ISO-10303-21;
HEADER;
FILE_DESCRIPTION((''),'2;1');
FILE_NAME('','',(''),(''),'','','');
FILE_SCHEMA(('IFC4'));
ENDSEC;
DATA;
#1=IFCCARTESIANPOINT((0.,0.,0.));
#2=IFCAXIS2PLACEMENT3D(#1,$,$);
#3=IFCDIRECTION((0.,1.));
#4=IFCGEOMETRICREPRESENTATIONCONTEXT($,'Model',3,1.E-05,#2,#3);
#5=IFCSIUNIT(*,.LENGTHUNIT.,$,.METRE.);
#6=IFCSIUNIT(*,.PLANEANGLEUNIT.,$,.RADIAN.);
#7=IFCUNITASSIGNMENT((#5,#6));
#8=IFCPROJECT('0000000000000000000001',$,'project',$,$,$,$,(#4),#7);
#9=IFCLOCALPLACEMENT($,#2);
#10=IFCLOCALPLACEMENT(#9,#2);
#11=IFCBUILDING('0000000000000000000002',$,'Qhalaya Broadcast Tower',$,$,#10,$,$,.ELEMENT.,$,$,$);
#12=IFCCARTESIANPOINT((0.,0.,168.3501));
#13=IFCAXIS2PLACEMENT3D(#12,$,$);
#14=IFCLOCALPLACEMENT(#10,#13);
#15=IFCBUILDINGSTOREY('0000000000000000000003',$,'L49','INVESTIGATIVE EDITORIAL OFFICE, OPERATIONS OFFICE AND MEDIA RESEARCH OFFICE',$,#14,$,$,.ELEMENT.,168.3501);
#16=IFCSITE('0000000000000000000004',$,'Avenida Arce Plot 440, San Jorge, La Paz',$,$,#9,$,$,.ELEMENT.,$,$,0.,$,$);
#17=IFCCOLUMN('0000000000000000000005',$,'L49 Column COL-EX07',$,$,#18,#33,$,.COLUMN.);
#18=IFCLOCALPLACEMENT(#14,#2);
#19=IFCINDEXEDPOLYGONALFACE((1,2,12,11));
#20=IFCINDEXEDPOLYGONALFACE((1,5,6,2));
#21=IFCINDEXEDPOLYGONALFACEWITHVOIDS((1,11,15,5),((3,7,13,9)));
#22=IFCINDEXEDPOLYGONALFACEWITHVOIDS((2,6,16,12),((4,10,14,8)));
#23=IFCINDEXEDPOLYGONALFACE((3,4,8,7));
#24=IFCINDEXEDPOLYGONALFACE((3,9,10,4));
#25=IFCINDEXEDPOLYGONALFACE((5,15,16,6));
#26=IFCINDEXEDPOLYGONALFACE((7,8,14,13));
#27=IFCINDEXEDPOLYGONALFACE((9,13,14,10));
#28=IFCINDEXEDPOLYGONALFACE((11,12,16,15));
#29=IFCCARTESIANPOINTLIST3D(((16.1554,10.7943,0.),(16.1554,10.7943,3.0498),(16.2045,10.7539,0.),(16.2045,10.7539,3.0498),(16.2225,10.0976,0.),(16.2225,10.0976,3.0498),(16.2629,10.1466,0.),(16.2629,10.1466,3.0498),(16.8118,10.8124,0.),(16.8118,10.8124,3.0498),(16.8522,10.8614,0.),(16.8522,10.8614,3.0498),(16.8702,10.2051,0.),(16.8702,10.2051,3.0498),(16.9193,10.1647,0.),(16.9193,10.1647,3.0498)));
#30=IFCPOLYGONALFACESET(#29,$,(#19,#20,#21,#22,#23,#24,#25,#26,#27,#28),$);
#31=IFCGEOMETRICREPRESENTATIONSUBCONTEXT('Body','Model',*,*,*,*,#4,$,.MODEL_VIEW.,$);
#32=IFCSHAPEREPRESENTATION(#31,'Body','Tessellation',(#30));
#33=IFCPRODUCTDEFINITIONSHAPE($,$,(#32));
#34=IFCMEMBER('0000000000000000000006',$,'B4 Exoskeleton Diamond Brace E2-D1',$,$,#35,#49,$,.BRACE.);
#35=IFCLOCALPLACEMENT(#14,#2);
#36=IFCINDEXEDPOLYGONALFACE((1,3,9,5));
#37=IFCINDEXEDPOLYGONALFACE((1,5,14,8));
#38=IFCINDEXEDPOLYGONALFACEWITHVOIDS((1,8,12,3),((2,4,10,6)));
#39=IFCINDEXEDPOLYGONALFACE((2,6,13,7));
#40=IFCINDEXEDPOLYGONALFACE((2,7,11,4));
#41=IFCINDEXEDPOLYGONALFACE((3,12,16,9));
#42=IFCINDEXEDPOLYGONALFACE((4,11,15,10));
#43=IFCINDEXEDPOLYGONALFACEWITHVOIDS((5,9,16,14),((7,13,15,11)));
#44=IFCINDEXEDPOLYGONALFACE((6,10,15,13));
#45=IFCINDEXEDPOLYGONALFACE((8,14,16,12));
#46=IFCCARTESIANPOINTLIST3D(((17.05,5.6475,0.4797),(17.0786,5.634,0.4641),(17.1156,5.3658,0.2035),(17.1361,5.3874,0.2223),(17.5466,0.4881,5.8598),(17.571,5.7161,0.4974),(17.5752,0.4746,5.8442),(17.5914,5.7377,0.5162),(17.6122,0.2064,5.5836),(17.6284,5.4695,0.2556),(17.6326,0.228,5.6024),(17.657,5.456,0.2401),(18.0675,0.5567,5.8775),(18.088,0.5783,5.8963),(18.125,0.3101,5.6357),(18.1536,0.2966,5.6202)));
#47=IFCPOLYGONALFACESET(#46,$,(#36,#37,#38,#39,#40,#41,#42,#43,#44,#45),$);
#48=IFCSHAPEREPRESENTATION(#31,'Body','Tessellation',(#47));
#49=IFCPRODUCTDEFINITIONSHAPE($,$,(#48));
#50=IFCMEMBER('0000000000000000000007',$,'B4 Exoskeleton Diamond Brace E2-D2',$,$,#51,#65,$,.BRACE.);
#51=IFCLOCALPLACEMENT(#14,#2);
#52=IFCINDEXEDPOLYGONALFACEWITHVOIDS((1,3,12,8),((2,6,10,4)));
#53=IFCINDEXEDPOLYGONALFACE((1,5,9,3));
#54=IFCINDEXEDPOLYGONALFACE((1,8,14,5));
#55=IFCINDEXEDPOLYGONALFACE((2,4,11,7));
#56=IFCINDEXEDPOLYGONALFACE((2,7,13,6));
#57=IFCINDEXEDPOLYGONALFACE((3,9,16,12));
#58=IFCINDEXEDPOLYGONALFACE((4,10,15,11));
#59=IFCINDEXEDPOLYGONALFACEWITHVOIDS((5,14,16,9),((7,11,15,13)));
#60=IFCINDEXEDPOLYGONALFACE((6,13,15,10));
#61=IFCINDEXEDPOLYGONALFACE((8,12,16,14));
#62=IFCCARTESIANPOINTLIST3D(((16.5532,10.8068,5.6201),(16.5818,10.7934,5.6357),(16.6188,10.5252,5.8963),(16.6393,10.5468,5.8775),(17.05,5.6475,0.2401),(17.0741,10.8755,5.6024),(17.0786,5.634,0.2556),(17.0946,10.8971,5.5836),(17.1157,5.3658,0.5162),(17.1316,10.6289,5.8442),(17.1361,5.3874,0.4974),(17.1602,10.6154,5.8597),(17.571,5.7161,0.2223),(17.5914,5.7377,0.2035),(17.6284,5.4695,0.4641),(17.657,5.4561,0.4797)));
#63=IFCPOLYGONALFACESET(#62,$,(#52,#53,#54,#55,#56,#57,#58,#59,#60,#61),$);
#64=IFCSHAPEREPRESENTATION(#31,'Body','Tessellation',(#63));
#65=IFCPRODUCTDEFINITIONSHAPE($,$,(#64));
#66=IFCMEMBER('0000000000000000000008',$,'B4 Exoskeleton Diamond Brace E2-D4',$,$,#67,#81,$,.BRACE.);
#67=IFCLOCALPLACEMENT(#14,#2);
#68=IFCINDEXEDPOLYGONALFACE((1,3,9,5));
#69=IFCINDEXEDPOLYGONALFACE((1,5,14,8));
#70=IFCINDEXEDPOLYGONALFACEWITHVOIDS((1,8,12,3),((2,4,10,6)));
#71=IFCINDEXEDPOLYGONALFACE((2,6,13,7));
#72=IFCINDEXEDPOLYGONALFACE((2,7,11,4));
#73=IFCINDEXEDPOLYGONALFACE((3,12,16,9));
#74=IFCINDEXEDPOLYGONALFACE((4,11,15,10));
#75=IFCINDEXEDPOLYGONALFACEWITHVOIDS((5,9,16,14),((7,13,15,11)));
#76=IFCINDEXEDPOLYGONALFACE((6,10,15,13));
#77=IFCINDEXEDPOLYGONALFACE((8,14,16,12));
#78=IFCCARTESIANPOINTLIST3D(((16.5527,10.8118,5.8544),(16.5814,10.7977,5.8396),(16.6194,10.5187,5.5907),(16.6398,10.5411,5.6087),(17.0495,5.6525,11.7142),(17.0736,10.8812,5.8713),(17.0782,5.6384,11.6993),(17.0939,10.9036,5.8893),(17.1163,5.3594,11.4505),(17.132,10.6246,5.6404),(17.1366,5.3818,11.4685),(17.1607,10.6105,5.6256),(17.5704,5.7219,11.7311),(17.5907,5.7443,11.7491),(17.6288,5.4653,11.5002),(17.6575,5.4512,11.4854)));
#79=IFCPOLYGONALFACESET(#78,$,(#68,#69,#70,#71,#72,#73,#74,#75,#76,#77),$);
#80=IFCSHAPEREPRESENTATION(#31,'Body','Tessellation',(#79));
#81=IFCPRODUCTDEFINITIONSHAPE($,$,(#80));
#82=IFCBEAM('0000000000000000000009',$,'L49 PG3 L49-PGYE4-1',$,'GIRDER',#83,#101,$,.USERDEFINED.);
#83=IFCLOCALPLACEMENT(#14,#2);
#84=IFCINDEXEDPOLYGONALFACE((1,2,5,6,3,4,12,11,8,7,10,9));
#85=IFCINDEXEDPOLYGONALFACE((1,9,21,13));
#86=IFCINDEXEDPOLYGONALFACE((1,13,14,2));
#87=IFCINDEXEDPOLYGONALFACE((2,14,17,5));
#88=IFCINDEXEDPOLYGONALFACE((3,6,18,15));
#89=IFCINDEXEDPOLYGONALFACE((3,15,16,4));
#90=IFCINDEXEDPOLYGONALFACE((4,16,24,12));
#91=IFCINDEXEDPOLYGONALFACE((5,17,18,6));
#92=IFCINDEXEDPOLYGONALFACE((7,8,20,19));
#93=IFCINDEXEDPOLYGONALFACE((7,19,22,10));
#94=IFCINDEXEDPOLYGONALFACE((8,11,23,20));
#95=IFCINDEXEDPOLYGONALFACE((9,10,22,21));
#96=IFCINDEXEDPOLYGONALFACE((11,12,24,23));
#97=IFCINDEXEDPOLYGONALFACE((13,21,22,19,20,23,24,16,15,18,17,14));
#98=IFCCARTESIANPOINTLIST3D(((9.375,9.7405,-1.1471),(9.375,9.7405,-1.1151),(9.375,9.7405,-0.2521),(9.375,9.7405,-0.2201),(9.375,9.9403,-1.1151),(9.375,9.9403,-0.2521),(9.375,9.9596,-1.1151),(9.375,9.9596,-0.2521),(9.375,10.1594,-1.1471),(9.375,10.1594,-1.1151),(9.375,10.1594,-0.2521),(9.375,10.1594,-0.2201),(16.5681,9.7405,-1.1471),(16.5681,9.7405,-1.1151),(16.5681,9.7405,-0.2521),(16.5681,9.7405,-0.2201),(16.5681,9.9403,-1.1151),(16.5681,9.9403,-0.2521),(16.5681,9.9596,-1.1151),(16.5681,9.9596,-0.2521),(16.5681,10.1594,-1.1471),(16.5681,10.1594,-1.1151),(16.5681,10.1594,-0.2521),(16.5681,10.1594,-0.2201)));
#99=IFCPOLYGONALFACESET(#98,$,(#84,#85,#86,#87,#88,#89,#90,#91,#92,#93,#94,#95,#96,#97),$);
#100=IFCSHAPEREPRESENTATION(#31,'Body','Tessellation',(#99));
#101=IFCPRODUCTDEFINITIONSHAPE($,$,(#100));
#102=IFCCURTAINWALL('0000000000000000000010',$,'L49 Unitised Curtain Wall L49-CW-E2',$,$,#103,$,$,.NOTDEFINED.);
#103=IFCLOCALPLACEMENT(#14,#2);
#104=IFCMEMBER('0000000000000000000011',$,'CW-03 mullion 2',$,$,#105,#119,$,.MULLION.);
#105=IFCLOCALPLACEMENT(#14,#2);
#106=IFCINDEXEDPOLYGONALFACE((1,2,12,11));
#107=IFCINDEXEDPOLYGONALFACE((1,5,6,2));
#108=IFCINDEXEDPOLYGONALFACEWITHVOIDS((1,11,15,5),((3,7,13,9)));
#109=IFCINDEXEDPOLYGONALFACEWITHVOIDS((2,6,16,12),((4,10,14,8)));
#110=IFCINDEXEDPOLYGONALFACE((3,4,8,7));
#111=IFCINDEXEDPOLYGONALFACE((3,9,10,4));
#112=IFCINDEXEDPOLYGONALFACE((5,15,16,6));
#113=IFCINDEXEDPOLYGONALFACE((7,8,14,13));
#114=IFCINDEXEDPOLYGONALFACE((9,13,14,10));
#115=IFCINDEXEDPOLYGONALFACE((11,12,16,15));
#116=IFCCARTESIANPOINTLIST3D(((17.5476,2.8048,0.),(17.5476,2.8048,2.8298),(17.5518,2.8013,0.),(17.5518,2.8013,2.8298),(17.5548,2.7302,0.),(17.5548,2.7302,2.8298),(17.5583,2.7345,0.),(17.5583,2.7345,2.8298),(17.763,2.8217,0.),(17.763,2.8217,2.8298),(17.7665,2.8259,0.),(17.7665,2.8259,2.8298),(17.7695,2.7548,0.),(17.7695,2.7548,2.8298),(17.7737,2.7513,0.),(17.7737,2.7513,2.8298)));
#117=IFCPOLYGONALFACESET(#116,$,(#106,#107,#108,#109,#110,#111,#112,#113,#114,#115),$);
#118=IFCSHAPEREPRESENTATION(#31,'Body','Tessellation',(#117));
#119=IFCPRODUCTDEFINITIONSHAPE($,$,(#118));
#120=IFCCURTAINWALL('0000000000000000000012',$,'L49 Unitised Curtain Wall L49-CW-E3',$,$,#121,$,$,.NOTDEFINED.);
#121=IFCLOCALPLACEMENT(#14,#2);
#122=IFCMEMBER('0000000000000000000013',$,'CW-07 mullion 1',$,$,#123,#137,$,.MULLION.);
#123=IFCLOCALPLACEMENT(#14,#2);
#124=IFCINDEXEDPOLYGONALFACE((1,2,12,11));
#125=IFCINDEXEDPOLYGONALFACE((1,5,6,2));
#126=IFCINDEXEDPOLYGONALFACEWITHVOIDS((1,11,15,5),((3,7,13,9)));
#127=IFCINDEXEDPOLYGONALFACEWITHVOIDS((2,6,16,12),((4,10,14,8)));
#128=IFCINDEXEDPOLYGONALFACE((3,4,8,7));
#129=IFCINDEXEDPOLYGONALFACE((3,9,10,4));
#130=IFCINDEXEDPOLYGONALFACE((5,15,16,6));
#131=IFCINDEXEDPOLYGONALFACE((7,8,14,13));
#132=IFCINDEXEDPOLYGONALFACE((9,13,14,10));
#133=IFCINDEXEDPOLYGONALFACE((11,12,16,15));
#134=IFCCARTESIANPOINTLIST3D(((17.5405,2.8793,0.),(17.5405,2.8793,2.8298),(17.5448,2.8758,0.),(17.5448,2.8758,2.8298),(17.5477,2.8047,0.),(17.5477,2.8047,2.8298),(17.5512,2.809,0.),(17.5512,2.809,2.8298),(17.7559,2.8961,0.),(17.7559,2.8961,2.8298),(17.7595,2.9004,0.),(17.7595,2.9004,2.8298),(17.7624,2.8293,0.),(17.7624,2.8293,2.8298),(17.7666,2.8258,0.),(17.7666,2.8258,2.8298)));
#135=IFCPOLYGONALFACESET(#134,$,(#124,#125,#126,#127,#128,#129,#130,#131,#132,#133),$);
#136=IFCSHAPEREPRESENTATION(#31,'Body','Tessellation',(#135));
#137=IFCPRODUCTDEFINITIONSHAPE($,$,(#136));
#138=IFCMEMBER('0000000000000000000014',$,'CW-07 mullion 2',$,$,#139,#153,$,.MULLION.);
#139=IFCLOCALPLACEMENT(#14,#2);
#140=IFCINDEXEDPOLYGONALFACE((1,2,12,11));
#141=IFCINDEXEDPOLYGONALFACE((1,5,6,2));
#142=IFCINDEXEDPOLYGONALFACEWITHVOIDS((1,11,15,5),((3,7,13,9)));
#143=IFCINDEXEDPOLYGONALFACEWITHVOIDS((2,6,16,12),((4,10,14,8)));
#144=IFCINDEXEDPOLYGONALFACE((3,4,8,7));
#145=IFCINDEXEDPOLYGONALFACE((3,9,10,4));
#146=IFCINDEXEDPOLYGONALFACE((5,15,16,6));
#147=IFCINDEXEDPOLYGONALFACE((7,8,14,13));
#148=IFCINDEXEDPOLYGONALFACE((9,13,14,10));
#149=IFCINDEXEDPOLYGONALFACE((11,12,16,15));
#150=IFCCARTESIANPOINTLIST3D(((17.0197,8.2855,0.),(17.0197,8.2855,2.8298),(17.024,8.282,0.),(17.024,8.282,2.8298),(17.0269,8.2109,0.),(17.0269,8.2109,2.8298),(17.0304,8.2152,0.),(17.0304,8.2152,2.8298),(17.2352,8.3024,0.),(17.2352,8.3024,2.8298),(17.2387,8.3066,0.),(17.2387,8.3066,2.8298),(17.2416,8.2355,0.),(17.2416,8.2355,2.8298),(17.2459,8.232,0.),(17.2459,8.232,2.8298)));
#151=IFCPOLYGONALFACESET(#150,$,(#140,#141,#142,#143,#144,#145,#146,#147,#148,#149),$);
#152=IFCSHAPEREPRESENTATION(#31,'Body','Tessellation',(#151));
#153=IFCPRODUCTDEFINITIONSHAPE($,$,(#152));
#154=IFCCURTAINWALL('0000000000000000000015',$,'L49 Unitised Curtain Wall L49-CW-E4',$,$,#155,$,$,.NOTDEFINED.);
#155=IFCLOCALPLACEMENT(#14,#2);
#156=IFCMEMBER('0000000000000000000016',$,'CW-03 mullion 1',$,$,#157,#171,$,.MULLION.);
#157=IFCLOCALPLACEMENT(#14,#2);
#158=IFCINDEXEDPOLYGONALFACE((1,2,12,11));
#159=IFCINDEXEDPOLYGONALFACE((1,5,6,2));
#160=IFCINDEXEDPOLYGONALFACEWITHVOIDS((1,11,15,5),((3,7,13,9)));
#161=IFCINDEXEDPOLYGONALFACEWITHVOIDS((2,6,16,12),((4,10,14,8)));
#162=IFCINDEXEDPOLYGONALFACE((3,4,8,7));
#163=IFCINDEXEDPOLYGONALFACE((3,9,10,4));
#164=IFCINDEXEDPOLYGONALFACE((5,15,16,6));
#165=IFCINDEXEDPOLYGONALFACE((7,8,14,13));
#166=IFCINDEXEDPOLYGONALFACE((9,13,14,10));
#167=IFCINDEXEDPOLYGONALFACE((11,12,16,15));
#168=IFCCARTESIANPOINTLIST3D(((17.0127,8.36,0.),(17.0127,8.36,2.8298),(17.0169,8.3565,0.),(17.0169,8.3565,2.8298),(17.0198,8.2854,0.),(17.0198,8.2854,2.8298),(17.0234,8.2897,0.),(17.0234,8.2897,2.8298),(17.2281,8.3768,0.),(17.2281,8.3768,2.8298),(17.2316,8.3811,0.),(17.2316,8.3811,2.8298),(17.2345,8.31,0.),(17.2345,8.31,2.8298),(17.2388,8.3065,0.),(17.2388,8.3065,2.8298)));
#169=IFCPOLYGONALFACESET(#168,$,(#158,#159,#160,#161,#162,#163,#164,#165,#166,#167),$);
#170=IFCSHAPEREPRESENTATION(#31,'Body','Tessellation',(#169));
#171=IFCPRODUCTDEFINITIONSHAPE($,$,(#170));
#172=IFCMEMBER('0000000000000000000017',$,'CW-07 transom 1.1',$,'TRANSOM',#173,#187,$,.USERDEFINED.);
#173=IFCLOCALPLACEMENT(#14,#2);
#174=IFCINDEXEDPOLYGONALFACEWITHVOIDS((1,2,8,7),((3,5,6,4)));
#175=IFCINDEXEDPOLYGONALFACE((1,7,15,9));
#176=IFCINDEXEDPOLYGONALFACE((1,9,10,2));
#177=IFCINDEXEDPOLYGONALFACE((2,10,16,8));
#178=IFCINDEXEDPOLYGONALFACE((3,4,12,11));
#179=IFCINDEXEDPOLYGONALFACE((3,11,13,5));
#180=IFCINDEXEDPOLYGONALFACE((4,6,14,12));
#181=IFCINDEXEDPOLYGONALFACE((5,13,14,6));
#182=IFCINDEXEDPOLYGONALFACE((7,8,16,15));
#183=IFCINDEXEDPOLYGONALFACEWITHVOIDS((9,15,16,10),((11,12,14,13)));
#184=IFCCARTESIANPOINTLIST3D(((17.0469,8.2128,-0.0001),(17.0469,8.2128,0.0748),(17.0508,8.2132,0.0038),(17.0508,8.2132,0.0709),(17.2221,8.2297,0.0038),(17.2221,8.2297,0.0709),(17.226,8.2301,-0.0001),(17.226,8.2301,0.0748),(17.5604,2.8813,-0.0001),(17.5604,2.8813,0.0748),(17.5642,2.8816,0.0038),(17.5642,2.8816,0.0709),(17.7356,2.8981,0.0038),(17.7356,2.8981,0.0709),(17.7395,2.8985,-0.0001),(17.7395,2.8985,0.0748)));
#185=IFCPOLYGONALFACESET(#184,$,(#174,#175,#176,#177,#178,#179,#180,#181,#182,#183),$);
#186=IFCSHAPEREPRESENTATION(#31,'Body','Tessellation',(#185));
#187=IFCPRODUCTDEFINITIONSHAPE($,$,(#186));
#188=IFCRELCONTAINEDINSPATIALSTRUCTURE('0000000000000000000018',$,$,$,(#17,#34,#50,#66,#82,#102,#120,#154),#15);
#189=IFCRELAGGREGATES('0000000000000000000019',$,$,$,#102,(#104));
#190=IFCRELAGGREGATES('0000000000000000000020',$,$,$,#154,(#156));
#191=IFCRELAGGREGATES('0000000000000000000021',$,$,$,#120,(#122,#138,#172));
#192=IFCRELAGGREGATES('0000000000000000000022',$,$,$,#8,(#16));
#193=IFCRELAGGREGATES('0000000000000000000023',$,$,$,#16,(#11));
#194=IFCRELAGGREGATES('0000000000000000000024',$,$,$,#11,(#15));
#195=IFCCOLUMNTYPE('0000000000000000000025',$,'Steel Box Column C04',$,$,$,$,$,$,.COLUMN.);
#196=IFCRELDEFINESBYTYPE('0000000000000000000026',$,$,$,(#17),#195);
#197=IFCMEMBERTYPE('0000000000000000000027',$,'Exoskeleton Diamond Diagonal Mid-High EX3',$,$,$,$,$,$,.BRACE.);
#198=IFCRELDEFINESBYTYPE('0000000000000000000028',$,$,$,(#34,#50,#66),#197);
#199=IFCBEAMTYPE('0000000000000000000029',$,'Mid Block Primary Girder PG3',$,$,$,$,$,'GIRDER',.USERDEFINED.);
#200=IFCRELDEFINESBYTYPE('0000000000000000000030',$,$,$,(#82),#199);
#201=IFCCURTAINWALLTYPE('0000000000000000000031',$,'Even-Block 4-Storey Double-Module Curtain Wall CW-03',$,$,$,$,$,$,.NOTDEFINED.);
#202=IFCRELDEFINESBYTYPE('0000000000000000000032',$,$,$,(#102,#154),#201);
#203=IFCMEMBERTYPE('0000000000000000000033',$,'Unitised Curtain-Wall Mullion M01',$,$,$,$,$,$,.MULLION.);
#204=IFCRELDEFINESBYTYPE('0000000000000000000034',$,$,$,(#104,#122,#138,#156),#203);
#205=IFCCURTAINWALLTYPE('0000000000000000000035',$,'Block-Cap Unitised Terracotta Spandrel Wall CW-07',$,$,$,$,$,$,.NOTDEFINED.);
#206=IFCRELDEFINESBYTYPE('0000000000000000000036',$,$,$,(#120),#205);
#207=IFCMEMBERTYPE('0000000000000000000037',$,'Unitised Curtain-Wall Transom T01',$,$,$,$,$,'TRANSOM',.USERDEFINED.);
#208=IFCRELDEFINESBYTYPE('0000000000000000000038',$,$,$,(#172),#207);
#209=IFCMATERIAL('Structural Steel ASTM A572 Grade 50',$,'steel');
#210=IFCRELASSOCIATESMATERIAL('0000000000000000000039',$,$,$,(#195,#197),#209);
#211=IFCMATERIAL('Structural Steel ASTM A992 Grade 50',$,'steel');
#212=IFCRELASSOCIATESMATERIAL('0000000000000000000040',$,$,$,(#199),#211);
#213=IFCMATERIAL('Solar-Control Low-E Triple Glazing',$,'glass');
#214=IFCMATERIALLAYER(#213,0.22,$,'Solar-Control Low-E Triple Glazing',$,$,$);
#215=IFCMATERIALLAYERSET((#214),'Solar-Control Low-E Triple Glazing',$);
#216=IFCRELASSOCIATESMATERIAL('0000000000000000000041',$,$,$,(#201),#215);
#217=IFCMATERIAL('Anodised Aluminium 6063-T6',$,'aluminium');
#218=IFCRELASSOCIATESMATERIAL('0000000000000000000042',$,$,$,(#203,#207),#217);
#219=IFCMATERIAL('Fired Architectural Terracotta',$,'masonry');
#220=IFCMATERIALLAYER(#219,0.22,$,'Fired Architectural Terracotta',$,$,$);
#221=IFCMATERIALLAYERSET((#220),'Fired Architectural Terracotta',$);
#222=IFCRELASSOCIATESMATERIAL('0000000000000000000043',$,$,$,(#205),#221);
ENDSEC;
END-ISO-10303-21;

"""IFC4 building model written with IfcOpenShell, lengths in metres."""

from ifc_helpers import new_model, si_unit, direction, frame, origin, origin_2d, place, context, subcontext, project, spatial, hollow_rectangle, i_section, extrude, material, layer, layer_set, material_profile, profile_set, type_object, element, aggregate, save


model = new_model("IFC4")

# Units and contexts
model_context = context("Model", 3, precision=1e-05, world=origin(), true_north=direction((0.0, 1.0)))
body_context = subcontext(model_context, "Body", "Model", "MODEL_VIEW")
ifc_project = project(units=[si_unit("LENGTHUNIT", "METRE"), si_unit("PLANEANGLEUNIT", "RADIAN")], contexts=[model_context])

# Site, building, storey
site_placement = place(None, origin())
site = spatial("IfcSite", under=ifc_project, at=site_placement, Name="Avenida Arce Plot 440, San Jorge, La Paz", CompositionType="ELEMENT", RefElevation=0.0)
building_placement = place(site_placement, origin())
building = spatial("IfcBuilding", under=site, at=building_placement, Name="Qhalaya Broadcast Tower", CompositionType="ELEMENT")
storey_placement = place(building_placement, frame((0.0, 0.0, 168.3501)))
storey = spatial("IfcBuildingStorey", under=building, at=storey_placement, Name="L49", Description="INVESTIGATIVE EDITORIAL OFFICE, OPERATIONS OFFICE AND MEDIA RESEARCH OFFICE", CompositionType="ELEMENT", Elevation=168.3501)

# Column
ifc_material_1 = material(Name="Structural Steel ASTM A572 Grade 50", Category="steel")
ifc_material_profile_1 = material_profile(ifc_material_1, hollow_rectangle(XDim=0.7, YDim=0.7, WallThickness=0.0449, at=origin_2d()), Name="BOX 700x700x45")
ifc_profile_set_1 = profile_set([ifc_material_profile_1], Name="Structural Steel ASTM A572 Grade 50")
column_type = type_object("IfcColumnType", Name="Steel Box Column C04", PredefinedType="COLUMN", material=ifc_profile_set_1)
column_placement = place(storey_placement, frame((16.5374, 10.4795, 0.0), z_axis=(0.0, 0.0, 1.0), x_axis=(-0.095846, 0.995396, 0.0)))
element("IfcColumn", 1, at=column_placement, inside=storey, type_object=column_type, Name="L49 Column COL-EX07", PredefinedType="COLUMN", context=body_context, shape_type="SweptSolid", body=[
    extrude(hollow_rectangle(XDim=0.7, YDim=0.7, WallThickness=0.0449, at=origin_2d()), origin(), (0.0, 0.0, 1.0), 3.0498),
])

# Members
ifc_material_profile_2 = material_profile(ifc_material_1, hollow_rectangle(XDim=0.3999, YDim=0.55, WallThickness=0.0249, at=origin_2d()), Name="BOX 400x550x25")
ifc_profile_set_2 = profile_set([ifc_material_profile_2], Name="Structural Steel ASTM A572 Grade 50")
member_type_1 = type_object("IfcMemberType", Name="Exoskeleton Diamond Diagonal Mid-High EX3", PredefinedType="BRACE", material=ifc_profile_set_2)
for number, where, z_axis, x_axis, name in (
    (2, (17.3535, 5.5518, 0.3599), (0.06647, -0.690617, 0.720159), (-0.164082, 0.704364, 0.690614), "B4 Exoskeleton Diamond Brace E2-D1"),
    (3, (17.3535, 5.5518, 0.3599), (-0.066503, 0.690616, 0.720158), (0.164115, -0.704355, 0.690616), "B4 Exoskeleton Diamond Brace E2-D2"),
):
    element("IfcMember", number, at=place(storey_placement, frame(where, z_axis=z_axis, x_axis=x_axis)), inside=storey, type_object=member_type_1, Name=name, PredefinedType="BRACE", context=body_context, shape_type="SweptSolid", body=[
        extrude(hollow_rectangle(XDim=0.3999, YDim=0.55, WallThickness=0.0249, at=origin_2d()), origin(), (0.0, 0.0, 1.0), 7.4707),
    ])
member_1_placement = place(storey_placement, frame((16.8567, 10.7112, 5.74), z_axis=(0.063506, -0.659492, 0.749024), x_axis=(-0.166869, 0.732956, 0.659492)))
element("IfcMember", 4, at=member_1_placement, inside=storey, type_object=member_type_1, Name="B4 Exoskeleton Diamond Brace E2-D4", PredefinedType="BRACE", context=body_context, shape_type="SweptSolid", body=[
    extrude(hollow_rectangle(XDim=0.3999, YDim=0.55, WallThickness=0.0249, at=origin_2d()), origin(), (0.0, 0.0, 1.0), 7.8232),
])

# Beam
ifc_material_2 = material(Name="Structural Steel ASTM A992 Grade 50", Category="steel")
ifc_material_profile_3 = material_profile(ifc_material_2, i_section(OverallWidth=0.4189, OverallDepth=0.927, WebThickness=0.0193, FlangeThickness=0.032, at=origin_2d()), Name="W36X231")
ifc_profile_set_3 = profile_set([ifc_material_profile_3], Name="Structural Steel ASTM A992 Grade 50")
beam_type_1 = type_object("IfcBeamType", Name="Mid Block Primary Girder PG3", ElementType="GIRDER", PredefinedType="USERDEFINED", material=ifc_profile_set_3)
beam_1_placement = place(storey_placement, frame((9.375, 9.95, -0.6836), z_axis=(1.0, 0.0, 0.0), x_axis=(0.0, 1.0, 0.0)))
element("IfcBeam", 5, at=beam_1_placement, inside=storey, type_object=beam_type_1, Name="L49 PG3 L49-PGYE4-1", ObjectType="GIRDER", PredefinedType="USERDEFINED", context=body_context, shape_type="SweptSolid", body=[
    extrude(i_section(OverallWidth=0.4189, OverallDepth=0.927, WebThickness=0.0193, FlangeThickness=0.032, at=origin_2d()), origin(), (0.0, 0.0, 1.0), 7.1931),
])

# Curtain wall, member
ifc_material_3 = material(Name="Solar-Control Low-E Triple Glazing", Category="glass")
ifc_layer_1 = layer(ifc_material_3, 0.22, Name="Solar-Control Low-E Triple Glazing")
ifc_layer_set_1 = layer_set([ifc_layer_1], Name="Solar-Control Low-E Triple Glazing")
curtain_wall_type_1 = type_object("IfcCurtainWallType", Name="Even-Block 4-Storey Double-Module Curtain Wall CW-03", PredefinedType="NOTDEFINED", material=ifc_layer_set_1)
curtain_wall_1_placement = place(storey_placement, origin())
curtain_wall_1 = element("IfcCurtainWall", 6, at=curtain_wall_1_placement, inside=storey, type_object=curtain_wall_type_1, Name="L49 Unitised Curtain Wall L49-CW-E2", PredefinedType="NOTDEFINED")
ifc_material_4 = material(Name="Anodised Aluminium 6063-T6", Category="aluminium")
ifc_material_profile_4 = material_profile(ifc_material_4, hollow_rectangle(XDim=0.075, YDim=0.22, WallThickness=0.0039, at=origin_2d()), Name="ALU-MUL 75x220x4")
ifc_profile_set_4 = profile_set([ifc_material_profile_4], Name="Anodised Aluminium 6063-T6")
member_type_2 = type_object("IfcMemberType", Name="Unitised Curtain-Wall Mullion M01", PredefinedType="MULLION", material=ifc_profile_set_4)
member_2_placement = place(storey_placement, frame((17.6606, 2.7781, 0.0), z_axis=(0.0, 0.0, 1.0), x_axis=(-0.095845, 0.995396, 0.0)))
member_2 = element("IfcMember", 7, at=member_2_placement, type_object=member_type_2, Name="CW-03 mullion 2", PredefinedType="MULLION", context=body_context, shape_type="SweptSolid", body=[
    extrude(hollow_rectangle(XDim=0.075, YDim=0.22, WallThickness=0.0039, at=origin_2d()), origin(), (0.0, 0.0, 1.0), 2.8298),
])
aggregate(curtain_wall_1, [member_2])

# Curtain wall, members
ifc_material_5 = material(Name="Fired Architectural Terracotta", Category="masonry")
ifc_layer_2 = layer(ifc_material_5, 0.22, Name="Fired Architectural Terracotta")
ifc_layer_set_2 = layer_set([ifc_layer_2], Name="Fired Architectural Terracotta")
curtain_wall_type_2 = type_object("IfcCurtainWallType", Name="Block-Cap Unitised Terracotta Spandrel Wall CW-07", PredefinedType="NOTDEFINED", material=ifc_layer_set_2)
curtain_wall_2_placement = place(storey_placement, origin())
curtain_wall_2 = element("IfcCurtainWall", 8, at=curtain_wall_2_placement, inside=storey, type_object=curtain_wall_type_2, Name="L49 Unitised Curtain Wall L49-CW-E3", PredefinedType="NOTDEFINED")
member_3_placement = place(storey_placement, frame((17.6536, 2.8525, 0.0), z_axis=(0.0, 0.0, 1.0), x_axis=(-0.095858, 0.995395, 0.0)))
member_3 = element("IfcMember", 9, at=member_3_placement, type_object=member_type_2, Name="CW-07 mullion 1", PredefinedType="MULLION", context=body_context, shape_type="SweptSolid", body=[
    extrude(hollow_rectangle(XDim=0.075, YDim=0.22, WallThickness=0.0039, at=origin_2d()), origin(), (0.0, 0.0, 1.0), 2.8298),
])
member_4_placement = place(storey_placement, frame((17.1328, 8.2588, 0.0), z_axis=(0.0, 0.0, 1.0), x_axis=(-0.095858, 0.995395, 0.0)))
member_4 = element("IfcMember", 10, at=member_4_placement, type_object=member_type_2, Name="CW-07 mullion 2", PredefinedType="MULLION", context=body_context, shape_type="SweptSolid", body=[
    extrude(hollow_rectangle(XDim=0.075, YDim=0.22, WallThickness=0.0039, at=origin_2d()), origin(), (0.0, 0.0, 1.0), 2.8298),
])

# Curtain wall, member
curtain_wall_3_placement = place(storey_placement, origin())
curtain_wall_3 = element("IfcCurtainWall", 11, at=curtain_wall_3_placement, inside=storey, type_object=curtain_wall_type_1, Name="L49 Unitised Curtain Wall L49-CW-E4", PredefinedType="NOTDEFINED")
member_5_placement = place(storey_placement, frame((17.1257, 8.3333, 0.0), z_axis=(0.0, 0.0, 1.0), x_axis=(-0.095845, 0.995396, 0.0)))
member_5 = element("IfcMember", 12, at=member_5_placement, type_object=member_type_2, Name="CW-03 mullion 1", PredefinedType="MULLION", context=body_context, shape_type="SweptSolid", body=[
    extrude(hollow_rectangle(XDim=0.075, YDim=0.22, WallThickness=0.0039, at=origin_2d()), origin(), (0.0, 0.0, 1.0), 2.8298),
])

# Member
ifc_material_profile_5 = material_profile(ifc_material_4, hollow_rectangle(XDim=0.075, YDim=0.1799, WallThickness=0.0039, at=origin_2d()), Name="ALU-TRN 75x180x4")
ifc_profile_set_5 = profile_set([ifc_material_profile_5], Name="Anodised Aluminium 6063-T6")
member_type_3 = type_object("IfcMemberType", Name="Unitised Curtain-Wall Transom T01", ElementType="TRANSOM", PredefinedType="USERDEFINED", material=ifc_profile_set_5)
member_6_placement = place(storey_placement, frame((17.6499, 2.8899, 0.0374), z_axis=(-0.095857, 0.995395, 0.0), x_axis=(0.0, 0.0, 1.0)))
member_6 = element("IfcMember", 13, at=member_6_placement, type_object=member_type_3, Name="CW-07 transom 1.1", ObjectType="TRANSOM", PredefinedType="USERDEFINED", context=body_context, shape_type="SweptSolid", body=[
    extrude(hollow_rectangle(XDim=0.075, YDim=0.1799, WallThickness=0.0039, at=origin_2d()), origin(), (0.0, 0.0, 1.0), 5.3562),
])
aggregate(curtain_wall_3, [member_5])

aggregate(curtain_wall_2, [member_3, member_4, member_6])

save(model, "model.ifc")
